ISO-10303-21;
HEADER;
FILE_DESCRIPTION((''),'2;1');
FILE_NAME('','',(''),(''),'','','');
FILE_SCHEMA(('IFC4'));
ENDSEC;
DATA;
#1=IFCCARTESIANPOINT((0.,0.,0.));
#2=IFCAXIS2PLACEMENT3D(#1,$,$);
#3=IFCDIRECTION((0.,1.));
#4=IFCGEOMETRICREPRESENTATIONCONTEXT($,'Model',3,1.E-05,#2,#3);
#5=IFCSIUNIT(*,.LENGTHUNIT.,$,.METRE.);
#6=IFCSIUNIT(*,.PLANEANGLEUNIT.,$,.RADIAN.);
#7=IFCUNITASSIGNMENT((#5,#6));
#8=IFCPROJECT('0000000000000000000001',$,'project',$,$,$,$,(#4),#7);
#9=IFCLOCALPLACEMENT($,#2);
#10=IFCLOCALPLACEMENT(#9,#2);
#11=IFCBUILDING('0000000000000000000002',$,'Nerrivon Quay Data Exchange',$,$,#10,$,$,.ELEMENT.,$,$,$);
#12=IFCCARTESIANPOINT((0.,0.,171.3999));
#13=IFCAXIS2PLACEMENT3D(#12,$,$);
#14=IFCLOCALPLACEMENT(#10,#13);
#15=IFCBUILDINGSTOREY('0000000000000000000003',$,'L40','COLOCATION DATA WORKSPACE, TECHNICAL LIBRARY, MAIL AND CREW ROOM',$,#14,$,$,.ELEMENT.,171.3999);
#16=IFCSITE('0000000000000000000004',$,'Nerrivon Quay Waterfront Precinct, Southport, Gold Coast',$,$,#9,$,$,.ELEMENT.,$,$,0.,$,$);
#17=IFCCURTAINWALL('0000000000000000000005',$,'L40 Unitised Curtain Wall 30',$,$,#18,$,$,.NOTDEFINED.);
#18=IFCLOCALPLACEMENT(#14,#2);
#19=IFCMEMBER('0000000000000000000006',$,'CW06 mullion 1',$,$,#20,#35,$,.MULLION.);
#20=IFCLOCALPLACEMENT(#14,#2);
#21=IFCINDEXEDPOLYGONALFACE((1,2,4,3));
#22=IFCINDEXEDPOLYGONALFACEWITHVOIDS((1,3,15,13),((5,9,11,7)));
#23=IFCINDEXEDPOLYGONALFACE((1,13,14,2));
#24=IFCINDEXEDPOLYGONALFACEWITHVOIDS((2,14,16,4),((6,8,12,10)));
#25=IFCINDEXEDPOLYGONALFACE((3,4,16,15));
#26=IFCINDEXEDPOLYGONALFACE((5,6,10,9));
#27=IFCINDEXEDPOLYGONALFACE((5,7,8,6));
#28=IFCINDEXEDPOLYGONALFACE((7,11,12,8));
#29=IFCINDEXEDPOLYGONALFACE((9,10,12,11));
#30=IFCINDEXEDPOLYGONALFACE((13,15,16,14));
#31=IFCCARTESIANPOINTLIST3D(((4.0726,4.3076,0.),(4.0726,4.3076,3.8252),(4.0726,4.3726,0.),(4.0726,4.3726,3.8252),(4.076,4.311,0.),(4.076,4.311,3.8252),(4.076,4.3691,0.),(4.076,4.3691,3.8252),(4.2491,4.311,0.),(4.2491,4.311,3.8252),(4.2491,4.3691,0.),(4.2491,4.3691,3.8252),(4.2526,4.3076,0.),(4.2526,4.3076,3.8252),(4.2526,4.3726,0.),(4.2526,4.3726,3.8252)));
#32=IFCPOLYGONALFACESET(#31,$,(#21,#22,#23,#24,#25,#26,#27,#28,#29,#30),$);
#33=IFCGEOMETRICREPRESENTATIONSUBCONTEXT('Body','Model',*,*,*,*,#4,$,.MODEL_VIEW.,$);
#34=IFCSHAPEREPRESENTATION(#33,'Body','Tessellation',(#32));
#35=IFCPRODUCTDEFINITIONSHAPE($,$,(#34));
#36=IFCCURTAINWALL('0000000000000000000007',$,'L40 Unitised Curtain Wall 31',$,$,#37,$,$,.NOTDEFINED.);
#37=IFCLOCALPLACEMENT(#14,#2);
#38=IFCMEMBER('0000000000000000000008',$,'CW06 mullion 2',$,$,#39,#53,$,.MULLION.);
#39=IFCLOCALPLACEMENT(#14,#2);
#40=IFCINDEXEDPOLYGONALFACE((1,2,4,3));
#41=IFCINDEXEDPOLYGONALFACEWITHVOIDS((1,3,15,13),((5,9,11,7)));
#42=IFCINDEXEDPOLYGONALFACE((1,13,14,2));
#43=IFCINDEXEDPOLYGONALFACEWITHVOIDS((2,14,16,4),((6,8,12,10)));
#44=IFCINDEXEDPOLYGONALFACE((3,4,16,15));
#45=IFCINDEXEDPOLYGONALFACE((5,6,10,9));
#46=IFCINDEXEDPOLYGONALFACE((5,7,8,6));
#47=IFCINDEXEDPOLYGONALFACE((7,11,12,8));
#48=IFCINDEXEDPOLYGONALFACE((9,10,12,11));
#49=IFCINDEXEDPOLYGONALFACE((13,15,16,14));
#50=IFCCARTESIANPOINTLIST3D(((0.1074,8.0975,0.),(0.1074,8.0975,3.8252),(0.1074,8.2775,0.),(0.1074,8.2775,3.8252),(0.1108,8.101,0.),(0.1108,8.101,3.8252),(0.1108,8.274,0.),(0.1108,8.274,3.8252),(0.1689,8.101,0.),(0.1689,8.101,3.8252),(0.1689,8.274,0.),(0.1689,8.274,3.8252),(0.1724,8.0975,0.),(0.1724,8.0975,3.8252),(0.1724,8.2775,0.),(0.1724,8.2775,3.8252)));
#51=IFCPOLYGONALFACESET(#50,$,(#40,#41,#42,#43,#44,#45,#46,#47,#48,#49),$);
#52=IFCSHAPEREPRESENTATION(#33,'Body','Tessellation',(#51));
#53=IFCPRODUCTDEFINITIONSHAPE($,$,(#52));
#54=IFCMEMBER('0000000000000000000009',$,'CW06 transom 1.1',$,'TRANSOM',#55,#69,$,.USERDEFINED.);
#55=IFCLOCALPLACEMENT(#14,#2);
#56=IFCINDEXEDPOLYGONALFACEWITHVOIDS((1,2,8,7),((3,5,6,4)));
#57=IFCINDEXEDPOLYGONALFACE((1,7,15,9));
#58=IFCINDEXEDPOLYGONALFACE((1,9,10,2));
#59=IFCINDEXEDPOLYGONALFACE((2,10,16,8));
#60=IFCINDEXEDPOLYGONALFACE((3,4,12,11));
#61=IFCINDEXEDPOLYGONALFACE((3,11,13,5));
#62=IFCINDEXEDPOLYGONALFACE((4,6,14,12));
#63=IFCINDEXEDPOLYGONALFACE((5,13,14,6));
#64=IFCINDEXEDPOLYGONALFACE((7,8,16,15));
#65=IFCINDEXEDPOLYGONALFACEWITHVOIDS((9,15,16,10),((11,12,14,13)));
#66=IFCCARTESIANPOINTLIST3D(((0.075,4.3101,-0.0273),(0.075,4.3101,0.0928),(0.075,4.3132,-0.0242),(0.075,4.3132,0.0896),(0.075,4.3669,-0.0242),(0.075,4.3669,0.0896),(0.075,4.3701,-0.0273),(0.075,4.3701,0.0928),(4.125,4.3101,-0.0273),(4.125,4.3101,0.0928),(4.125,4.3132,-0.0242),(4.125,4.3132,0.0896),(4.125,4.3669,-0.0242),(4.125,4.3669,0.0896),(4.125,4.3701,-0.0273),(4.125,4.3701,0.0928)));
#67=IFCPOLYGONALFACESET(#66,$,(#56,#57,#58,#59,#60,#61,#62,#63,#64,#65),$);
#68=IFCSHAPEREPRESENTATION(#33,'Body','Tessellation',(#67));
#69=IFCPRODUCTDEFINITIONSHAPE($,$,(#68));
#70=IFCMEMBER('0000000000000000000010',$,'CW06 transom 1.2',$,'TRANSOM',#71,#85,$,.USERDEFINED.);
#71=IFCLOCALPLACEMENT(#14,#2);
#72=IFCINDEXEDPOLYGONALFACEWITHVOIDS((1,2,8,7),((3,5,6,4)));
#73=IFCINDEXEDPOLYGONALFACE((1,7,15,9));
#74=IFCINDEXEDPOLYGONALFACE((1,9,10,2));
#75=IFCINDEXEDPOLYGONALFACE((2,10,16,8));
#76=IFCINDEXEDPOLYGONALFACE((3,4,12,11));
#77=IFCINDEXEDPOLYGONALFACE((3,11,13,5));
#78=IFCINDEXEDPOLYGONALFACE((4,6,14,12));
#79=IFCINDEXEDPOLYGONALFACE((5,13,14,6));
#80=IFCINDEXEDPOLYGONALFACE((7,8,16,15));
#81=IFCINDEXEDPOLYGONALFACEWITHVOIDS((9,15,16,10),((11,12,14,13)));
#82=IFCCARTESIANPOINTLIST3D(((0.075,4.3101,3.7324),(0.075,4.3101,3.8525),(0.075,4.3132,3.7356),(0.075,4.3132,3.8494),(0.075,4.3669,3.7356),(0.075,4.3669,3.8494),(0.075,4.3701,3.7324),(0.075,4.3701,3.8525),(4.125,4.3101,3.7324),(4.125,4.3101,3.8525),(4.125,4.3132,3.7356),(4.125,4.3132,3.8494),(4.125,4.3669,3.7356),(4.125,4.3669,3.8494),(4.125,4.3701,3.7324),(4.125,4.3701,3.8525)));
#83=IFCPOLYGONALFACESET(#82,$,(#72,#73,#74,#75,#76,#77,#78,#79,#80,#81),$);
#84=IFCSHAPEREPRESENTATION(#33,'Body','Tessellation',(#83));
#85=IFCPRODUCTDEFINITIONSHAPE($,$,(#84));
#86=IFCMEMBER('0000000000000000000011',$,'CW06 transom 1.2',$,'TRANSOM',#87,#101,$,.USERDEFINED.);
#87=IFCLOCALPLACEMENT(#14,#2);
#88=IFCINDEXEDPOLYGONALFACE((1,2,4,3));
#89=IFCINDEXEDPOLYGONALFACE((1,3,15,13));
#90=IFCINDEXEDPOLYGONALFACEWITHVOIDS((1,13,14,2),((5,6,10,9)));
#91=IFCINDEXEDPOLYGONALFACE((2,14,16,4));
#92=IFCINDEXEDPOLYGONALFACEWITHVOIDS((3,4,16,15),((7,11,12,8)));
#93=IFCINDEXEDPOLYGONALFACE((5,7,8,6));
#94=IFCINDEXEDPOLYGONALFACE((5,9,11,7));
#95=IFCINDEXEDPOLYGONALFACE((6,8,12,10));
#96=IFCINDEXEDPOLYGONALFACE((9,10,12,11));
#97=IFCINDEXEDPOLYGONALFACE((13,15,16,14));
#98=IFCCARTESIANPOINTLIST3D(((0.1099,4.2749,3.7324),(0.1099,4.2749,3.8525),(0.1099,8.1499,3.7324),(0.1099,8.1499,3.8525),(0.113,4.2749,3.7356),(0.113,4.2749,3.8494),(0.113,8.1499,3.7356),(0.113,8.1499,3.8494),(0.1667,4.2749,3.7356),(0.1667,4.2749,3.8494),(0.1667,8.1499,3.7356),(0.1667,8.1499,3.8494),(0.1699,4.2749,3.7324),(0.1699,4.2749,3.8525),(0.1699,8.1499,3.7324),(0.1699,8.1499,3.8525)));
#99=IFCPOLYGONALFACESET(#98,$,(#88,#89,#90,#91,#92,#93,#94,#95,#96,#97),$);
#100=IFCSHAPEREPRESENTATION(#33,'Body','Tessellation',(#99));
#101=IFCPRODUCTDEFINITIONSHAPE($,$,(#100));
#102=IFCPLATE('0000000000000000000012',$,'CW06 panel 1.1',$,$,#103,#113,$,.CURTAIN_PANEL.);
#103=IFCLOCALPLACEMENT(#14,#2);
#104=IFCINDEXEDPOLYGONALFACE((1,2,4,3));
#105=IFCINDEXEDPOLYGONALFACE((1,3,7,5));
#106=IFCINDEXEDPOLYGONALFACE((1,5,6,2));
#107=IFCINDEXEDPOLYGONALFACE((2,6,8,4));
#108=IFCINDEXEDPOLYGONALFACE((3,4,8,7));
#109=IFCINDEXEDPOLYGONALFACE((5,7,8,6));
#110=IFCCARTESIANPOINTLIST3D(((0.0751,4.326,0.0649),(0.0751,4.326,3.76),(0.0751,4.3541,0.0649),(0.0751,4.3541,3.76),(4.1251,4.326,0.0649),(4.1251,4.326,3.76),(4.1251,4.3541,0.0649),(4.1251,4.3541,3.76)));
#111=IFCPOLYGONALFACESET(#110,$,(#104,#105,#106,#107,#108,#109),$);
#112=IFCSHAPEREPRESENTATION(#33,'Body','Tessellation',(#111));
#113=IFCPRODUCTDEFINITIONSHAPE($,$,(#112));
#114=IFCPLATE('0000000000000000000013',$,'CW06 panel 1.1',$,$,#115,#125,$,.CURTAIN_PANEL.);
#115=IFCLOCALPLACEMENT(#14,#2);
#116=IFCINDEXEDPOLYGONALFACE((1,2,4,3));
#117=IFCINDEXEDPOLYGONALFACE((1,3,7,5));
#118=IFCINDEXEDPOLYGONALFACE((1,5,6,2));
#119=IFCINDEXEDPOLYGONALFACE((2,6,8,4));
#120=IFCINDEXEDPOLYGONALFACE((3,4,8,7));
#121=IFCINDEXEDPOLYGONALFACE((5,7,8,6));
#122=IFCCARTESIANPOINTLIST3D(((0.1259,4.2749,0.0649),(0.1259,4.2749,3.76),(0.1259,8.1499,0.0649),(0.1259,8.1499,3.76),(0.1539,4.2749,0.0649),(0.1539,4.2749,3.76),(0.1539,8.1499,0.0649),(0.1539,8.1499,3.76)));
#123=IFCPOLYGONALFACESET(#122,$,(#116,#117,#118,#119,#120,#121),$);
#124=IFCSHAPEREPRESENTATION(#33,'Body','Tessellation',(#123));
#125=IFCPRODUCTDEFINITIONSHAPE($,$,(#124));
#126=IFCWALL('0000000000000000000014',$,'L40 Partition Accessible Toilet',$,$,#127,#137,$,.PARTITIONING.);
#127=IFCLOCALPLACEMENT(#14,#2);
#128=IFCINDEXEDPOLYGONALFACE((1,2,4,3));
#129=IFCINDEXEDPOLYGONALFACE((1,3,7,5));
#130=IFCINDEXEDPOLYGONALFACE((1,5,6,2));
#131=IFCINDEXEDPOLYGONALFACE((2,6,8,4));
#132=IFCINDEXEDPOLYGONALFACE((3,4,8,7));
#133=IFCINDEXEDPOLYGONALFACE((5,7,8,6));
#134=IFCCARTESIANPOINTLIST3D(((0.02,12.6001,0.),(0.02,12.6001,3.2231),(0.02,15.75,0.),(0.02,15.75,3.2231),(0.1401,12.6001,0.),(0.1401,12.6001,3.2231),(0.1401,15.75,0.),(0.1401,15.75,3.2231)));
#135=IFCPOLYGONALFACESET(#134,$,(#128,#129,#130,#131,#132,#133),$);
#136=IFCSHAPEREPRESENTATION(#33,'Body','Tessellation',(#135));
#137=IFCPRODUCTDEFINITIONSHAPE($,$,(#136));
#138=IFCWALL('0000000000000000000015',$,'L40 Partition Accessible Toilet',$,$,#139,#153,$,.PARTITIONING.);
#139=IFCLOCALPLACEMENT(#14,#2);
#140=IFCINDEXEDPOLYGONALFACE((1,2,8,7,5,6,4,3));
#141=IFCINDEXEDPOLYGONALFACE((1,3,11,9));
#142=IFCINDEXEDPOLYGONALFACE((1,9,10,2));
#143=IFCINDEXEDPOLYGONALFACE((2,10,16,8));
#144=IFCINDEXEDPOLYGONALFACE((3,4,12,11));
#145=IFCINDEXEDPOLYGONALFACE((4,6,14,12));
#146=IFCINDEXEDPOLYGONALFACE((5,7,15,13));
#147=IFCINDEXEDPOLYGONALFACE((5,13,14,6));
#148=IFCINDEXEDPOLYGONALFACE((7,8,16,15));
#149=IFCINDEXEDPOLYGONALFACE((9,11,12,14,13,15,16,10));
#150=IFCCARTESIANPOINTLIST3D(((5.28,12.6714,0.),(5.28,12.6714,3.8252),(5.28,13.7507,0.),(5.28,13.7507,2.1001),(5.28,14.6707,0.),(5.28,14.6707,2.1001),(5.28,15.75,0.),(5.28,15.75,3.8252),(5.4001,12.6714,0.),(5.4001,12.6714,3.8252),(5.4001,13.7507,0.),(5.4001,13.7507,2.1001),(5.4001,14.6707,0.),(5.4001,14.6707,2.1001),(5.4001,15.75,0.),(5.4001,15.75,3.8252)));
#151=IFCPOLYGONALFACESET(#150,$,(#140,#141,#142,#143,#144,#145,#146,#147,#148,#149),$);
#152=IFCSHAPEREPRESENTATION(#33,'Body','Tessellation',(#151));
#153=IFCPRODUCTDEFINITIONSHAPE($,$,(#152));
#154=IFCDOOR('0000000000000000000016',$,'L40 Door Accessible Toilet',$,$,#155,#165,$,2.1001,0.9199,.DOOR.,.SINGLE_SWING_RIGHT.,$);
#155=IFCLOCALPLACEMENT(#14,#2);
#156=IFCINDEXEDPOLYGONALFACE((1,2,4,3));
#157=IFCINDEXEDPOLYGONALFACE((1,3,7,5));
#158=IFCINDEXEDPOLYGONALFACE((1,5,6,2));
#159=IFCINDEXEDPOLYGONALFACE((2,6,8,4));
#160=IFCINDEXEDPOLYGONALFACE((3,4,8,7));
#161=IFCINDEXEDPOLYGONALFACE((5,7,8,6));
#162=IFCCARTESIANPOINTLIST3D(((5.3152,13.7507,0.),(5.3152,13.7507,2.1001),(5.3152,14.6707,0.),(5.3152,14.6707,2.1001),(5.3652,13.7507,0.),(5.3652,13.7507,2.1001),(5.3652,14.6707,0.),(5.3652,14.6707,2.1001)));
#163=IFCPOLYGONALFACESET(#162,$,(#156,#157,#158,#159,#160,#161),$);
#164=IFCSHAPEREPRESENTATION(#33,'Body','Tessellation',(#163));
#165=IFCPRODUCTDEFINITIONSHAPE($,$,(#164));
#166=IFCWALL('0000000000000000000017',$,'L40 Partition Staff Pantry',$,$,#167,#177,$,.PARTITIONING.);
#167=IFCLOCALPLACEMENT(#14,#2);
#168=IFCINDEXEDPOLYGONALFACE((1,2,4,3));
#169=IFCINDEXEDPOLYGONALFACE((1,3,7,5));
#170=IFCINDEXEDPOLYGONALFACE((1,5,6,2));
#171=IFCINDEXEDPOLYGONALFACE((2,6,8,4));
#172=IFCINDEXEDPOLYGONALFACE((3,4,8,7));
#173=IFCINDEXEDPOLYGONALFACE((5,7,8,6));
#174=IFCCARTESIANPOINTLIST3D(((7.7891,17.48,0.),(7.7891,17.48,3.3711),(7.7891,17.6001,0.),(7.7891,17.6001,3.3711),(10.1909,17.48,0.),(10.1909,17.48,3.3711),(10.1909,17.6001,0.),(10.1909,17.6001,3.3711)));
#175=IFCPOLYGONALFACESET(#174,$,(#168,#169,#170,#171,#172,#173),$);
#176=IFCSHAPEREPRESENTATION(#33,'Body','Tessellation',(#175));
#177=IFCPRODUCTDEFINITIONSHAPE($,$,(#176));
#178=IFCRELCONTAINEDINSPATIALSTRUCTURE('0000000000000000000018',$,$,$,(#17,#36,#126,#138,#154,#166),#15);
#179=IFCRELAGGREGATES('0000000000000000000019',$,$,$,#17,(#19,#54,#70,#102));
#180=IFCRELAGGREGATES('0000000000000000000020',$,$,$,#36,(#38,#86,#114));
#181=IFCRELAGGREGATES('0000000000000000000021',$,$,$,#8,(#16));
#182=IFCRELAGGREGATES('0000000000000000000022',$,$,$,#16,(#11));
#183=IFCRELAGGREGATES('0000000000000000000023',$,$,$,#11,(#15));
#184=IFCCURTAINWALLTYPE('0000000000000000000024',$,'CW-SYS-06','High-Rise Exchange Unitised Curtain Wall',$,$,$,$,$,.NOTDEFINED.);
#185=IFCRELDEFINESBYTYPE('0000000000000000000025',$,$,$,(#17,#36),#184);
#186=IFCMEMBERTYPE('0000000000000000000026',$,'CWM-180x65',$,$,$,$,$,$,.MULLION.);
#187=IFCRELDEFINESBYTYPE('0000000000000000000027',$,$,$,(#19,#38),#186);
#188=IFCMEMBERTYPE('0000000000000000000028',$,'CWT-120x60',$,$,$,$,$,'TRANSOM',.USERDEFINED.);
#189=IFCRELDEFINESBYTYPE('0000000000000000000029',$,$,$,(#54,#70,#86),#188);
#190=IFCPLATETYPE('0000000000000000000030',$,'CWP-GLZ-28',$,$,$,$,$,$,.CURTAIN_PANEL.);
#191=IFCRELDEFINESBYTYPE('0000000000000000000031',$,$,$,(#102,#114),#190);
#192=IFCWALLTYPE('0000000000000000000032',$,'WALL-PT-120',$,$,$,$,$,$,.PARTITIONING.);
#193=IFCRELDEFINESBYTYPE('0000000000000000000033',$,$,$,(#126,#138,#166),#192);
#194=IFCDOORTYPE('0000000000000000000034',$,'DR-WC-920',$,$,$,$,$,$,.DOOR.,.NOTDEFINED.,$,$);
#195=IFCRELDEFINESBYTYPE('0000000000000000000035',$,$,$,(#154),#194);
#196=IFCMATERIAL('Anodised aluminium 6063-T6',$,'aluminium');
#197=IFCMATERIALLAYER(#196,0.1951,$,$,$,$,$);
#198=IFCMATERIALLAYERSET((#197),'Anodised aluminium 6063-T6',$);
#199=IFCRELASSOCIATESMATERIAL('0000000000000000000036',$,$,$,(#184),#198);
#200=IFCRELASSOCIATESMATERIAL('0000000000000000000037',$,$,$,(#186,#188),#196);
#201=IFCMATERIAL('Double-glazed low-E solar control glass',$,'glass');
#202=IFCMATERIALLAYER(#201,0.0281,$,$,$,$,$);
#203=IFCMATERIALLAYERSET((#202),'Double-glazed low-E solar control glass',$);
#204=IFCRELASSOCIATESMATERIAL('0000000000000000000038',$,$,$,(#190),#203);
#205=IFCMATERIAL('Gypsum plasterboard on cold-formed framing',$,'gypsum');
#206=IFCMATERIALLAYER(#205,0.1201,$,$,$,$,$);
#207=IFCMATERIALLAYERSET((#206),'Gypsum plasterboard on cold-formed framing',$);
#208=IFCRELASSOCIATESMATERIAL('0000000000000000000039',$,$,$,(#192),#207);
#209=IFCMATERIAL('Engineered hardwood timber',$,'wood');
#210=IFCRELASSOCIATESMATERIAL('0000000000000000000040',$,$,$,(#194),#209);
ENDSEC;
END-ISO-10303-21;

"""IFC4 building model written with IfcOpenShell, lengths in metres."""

from ifc_helpers import new_model, si_unit, direction, frame, frame_2d, origin, origin_2d, place, context, subcontext, project, spatial, rectangle, hollow_rectangle, extrude, material, layer, layer_set, material_profile, profile_set, type_object, element, fill, aggregate, save


model = new_model("IFC4")

# Units and contexts
model_context = context("Model", 3, precision=1e-05, world=origin(), true_north=direction((0.0, 1.0)))
body_context = subcontext(model_context, "Body", "Model", "MODEL_VIEW")
ifc_project = project(units=[si_unit("LENGTHUNIT", "METRE"), si_unit("PLANEANGLEUNIT", "RADIAN")], contexts=[model_context])

# Site, building, storey
site_placement = place(None, origin())
site = spatial("IfcSite", under=ifc_project, at=site_placement, Name="Nerrivon Quay Waterfront Precinct, Southport, Gold Coast", CompositionType="ELEMENT", RefElevation=0.0)
building_placement = place(site_placement, origin())
building = spatial("IfcBuilding", under=site, at=building_placement, Name="Nerrivon Quay Data Exchange", CompositionType="ELEMENT")
storey_placement = place(building_placement, frame((0.0, 0.0, 171.3999)))
storey = spatial("IfcBuildingStorey", under=building, at=storey_placement, Name="L40", Description="COLOCATION DATA WORKSPACE, TECHNICAL LIBRARY, MAIL AND CREW ROOM", CompositionType="ELEMENT", Elevation=171.3999)

# Curtain walls, members
ifc_material_1 = material(Name="Anodised aluminium 6063-T6", Category="aluminium")
ifc_layer_1 = layer(ifc_material_1, 0.1951)
ifc_layer_set_1 = layer_set([ifc_layer_1], Name="Anodised aluminium 6063-T6")
curtain_wall_type = type_object("IfcCurtainWallType", Name="CW-SYS-06", Description="High-Rise Exchange Unitised Curtain Wall", PredefinedType="NOTDEFINED", material=ifc_layer_set_1)
curtain_wall_1_placement = place(storey_placement, origin())
curtain_wall_1 = element("IfcCurtainWall", 1, at=curtain_wall_1_placement, inside=storey, type_object=curtain_wall_type, Name="L40 Unitised Curtain Wall 30", PredefinedType="NOTDEFINED")
ifc_material_profile_1 = material_profile(ifc_material_1, hollow_rectangle(XDim=0.0649, YDim=0.1799, WallThickness=0.0034, at=origin_2d()), Name="ALU-MULL-180x65")
ifc_profile_set_1 = profile_set([ifc_material_profile_1], Name="Anodised aluminium 6063-T6")
member_type_1 = type_object("IfcMemberType", Name="CWM-180x65", PredefinedType="MULLION", material=ifc_profile_set_1)
member_1_placement = place(storey_placement, frame((4.1626, 4.3401, 0.0), z_axis=(0.0, 0.0, 1.0), x_axis=(0.0, -1.0, 0.0)))
member_1 = element("IfcMember", 2, at=member_1_placement, type_object=member_type_1, Name="CW06 mullion 1", PredefinedType="MULLION", context=body_context, shape_type="SweptSolid", body=[
    extrude(hollow_rectangle(XDim=0.0649, YDim=0.1799, WallThickness=0.0034, at=origin_2d()), origin(), (0.0, 0.0, 1.0), 3.8252),
])
curtain_wall_2_placement = place(storey_placement, origin())
curtain_wall_2 = element("IfcCurtainWall", 3, at=curtain_wall_2_placement, inside=storey, type_object=curtain_wall_type, Name="L40 Unitised Curtain Wall 31", PredefinedType="NOTDEFINED")
member_2_placement = place(storey_placement, frame((0.1399, 8.1875, 0.0), z_axis=(0.0, 0.0, 1.0), x_axis=(-1.0, 0.0, 0.0)))
member_2 = element("IfcMember", 4, at=member_2_placement, type_object=member_type_1, Name="CW06 mullion 2", PredefinedType="MULLION", context=body_context, shape_type="SweptSolid", body=[
    extrude(hollow_rectangle(XDim=0.0649, YDim=0.1799, WallThickness=0.0034, at=origin_2d()), origin(), (0.0, 0.0, 1.0), 3.8252),
])

# Members
ifc_material_profile_2 = material_profile(ifc_material_1, hollow_rectangle(XDim=0.0601, YDim=0.1201, WallThickness=0.0032, at=origin_2d()), Name="ALU-TRAN-120x60")
ifc_profile_set_2 = profile_set([ifc_material_profile_2], Name="Anodised aluminium 6063-T6")
member_type_2 = type_object("IfcMemberType", Name="CWT-120x60", ElementType="TRANSOM", PredefinedType="USERDEFINED", material=ifc_profile_set_2)
member_3_placement = place(storey_placement, frame((4.125, 4.3401, 0.0327), z_axis=(-1.0, 0.0, 0.0), x_axis=(0.0, -1.0, 0.0)))
member_3 = element("IfcMember", 5, at=member_3_placement, type_object=member_type_2, Name="CW06 transom 1.1", ObjectType="TRANSOM", PredefinedType="USERDEFINED", context=body_context, shape_type="SweptSolid", body=[
    extrude(hollow_rectangle(XDim=0.0601, YDim=0.1201, WallThickness=0.0032, at=origin_2d()), origin(), (0.0, 0.0, 1.0), 4.05),
])
member_4_placement = place(storey_placement, frame((4.125, 4.3401, 3.7925), z_axis=(-1.0, 0.0, 0.0), x_axis=(0.0, -1.0, 0.0)))
member_4 = element("IfcMember", 6, at=member_4_placement, type_object=member_type_2, Name="CW06 transom 1.2", ObjectType="TRANSOM", PredefinedType="USERDEFINED", context=body_context, shape_type="SweptSolid", body=[
    extrude(hollow_rectangle(XDim=0.0601, YDim=0.1201, WallThickness=0.0032, at=origin_2d()), origin(), (0.0, 0.0, 1.0), 4.05),
])
member_5_placement = place(storey_placement, frame((0.1399, 4.2749, 3.7925), z_axis=(0.0, 1.0, 0.0), x_axis=(-1.0, 0.0, 0.0)))
member_5 = element("IfcMember", 7, at=member_5_placement, type_object=member_type_2, Name="CW06 transom 1.2", ObjectType="TRANSOM", PredefinedType="USERDEFINED", context=body_context, shape_type="SweptSolid", body=[
    extrude(hollow_rectangle(XDim=0.0601, YDim=0.1201, WallThickness=0.0032, at=origin_2d()), origin(), (0.0, 0.0, 1.0), 3.875),
])

# Plates
ifc_material_2 = material(Name="Double-glazed low-E solar control glass", Category="glass")
ifc_layer_2 = layer(ifc_material_2, 0.0281)
ifc_layer_set_2 = layer_set([ifc_layer_2], Name="Double-glazed low-E solar control glass")
plate_type = type_object("IfcPlateType", Name="CWP-GLZ-28", PredefinedType="CURTAIN_PANEL", material=ifc_layer_set_2)
plate_1_placement = place(storey_placement, frame((2.1001, 4.3401, 0.0649), z_axis=(0.0, 0.0, 1.0), x_axis=(-1.0, 0.0, 0.0)))
plate_1 = element("IfcPlate", 8, at=plate_1_placement, type_object=plate_type, Name="CW06 panel 1.1", PredefinedType="CURTAIN_PANEL", context=body_context, shape_type="SweptSolid", body=[
    extrude(rectangle(XDim=4.05, YDim=0.0281, at=origin_2d()), origin(), (0.0, 0.0, 1.0), 3.6951),
])
aggregate(curtain_wall_1, [member_1, member_3, member_4, plate_1])
plate_2_placement = place(storey_placement, frame((0.1399, 6.2124, 0.0649), z_axis=(0.0, 0.0, 1.0), x_axis=(0.0, 1.0, 0.0)))
plate_2 = element("IfcPlate", 9, at=plate_2_placement, type_object=plate_type, Name="CW06 panel 1.1", PredefinedType="CURTAIN_PANEL", context=body_context, shape_type="SweptSolid", body=[
    extrude(rectangle(XDim=3.875, YDim=0.0281, at=origin_2d()), origin(), (0.0, 0.0, 1.0), 3.6951),
])
aggregate(curtain_wall_2, [member_2, member_5, plate_2])

# Wall
ifc_material_3 = material(Name="Gypsum plasterboard on cold-formed framing", Category="gypsum")
ifc_layer_3 = layer(ifc_material_3, 0.1201)
ifc_layer_set_3 = layer_set([ifc_layer_3], Name="Gypsum plasterboard on cold-formed framing")
wall_type_1 = type_object("IfcWallType", Name="WALL-PT-120", PredefinedType="PARTITIONING", material=ifc_layer_set_3)
wall_1_placement = place(storey_placement, frame((0.0801, 15.75, 0.0), z_axis=(0.0, 0.0, 1.0), x_axis=(0.0, -1.0, 0.0)))
element("IfcWall", 10, at=wall_1_placement, inside=storey, type_object=wall_type_1, Name="L40 Partition Accessible Toilet", PredefinedType="PARTITIONING", context=body_context, shape_type="SweptSolid", body=[
    extrude(rectangle(XDim=3.1499, YDim=0.1201, at=frame_2d((1.575, 0.0))), origin(), (0.0, 0.0, 1.0), 3.2231),
])

# Wall, opening, door
wall_2_placement = place(storey_placement, frame((5.3401, 12.6714, 0.0), z_axis=(0.0, 0.0, 1.0), x_axis=(0.0, 1.0, 0.0)))
wall_2 = element("IfcWall", 11, at=wall_2_placement, inside=storey, type_object=wall_type_1, Name="L40 Partition Accessible Toilet", PredefinedType="PARTITIONING", context=body_context, shape_type="SweptSolid", body=[
    extrude(rectangle(XDim=3.0786, YDim=0.1201, at=frame_2d((1.5393, 0.0))), origin(), (0.0, 0.0, 1.0), 3.8252),
])
opening_1_placement = place(wall_2_placement, frame((1.0793, 0.0, 0.0)))
opening_1 = element("IfcOpeningElement", 12, at=opening_1_placement, cuts=wall_2, PredefinedType="OPENING", context=body_context, shape_type="SweptSolid", body=[
    extrude(rectangle(XDim=0.9199, YDim=2.1001, at=frame_2d((0.46, 1.05))), frame((0.0, 0.0701, 0.0), z_axis=(0.0, -1.0, 0.0), x_axis=(1.0, 0.0, 0.0)), (0.0, 0.0, 1.0), 0.1401),
])
ifc_material_4 = material(Name="Engineered hardwood timber", Category="wood")
door_type_1 = type_object("IfcDoorType", Name="DR-WC-920", OperationType="NOTDEFINED", PredefinedType="DOOR", material=ifc_material_4)
door_1_placement = place(opening_1_placement, origin())
door_1 = element("IfcDoor", 13, at=door_1_placement, inside=storey, type_object=door_type_1, Name="L40 Door Accessible Toilet", OperationType="SINGLE_SWING_RIGHT", OverallHeight=2.1001, OverallWidth=0.9199, PredefinedType="DOOR", context=body_context, shape_type="SweptSolid", body=[
    extrude(rectangle(XDim=0.9199, YDim=2.1001, at=frame_2d((0.46, 1.05))), frame((0.0, 0.0249, 0.0), z_axis=(0.0, -1.0, 0.0), x_axis=(1.0, 0.0, 0.0)), (0.0, 0.0, 1.0), 0.05),
])
fill(opening_1, door_1)

# Wall
wall_3_placement = place(storey_placement, frame((10.1909, 17.54, 0.0), z_axis=(0.0, 0.0, 1.0), x_axis=(-1.0, 0.0, 0.0)))
element("IfcWall", 14, at=wall_3_placement, inside=storey, type_object=wall_type_1, Name="L40 Partition Staff Pantry", PredefinedType="PARTITIONING", context=body_context, shape_type="SweptSolid", body=[
    extrude(rectangle(XDim=2.4019, YDim=0.1201, at=frame_2d((1.2009, 0.0))), origin(), (0.0, 0.0, 1.0), 3.3711),
])

save(model, "model.ifc")
